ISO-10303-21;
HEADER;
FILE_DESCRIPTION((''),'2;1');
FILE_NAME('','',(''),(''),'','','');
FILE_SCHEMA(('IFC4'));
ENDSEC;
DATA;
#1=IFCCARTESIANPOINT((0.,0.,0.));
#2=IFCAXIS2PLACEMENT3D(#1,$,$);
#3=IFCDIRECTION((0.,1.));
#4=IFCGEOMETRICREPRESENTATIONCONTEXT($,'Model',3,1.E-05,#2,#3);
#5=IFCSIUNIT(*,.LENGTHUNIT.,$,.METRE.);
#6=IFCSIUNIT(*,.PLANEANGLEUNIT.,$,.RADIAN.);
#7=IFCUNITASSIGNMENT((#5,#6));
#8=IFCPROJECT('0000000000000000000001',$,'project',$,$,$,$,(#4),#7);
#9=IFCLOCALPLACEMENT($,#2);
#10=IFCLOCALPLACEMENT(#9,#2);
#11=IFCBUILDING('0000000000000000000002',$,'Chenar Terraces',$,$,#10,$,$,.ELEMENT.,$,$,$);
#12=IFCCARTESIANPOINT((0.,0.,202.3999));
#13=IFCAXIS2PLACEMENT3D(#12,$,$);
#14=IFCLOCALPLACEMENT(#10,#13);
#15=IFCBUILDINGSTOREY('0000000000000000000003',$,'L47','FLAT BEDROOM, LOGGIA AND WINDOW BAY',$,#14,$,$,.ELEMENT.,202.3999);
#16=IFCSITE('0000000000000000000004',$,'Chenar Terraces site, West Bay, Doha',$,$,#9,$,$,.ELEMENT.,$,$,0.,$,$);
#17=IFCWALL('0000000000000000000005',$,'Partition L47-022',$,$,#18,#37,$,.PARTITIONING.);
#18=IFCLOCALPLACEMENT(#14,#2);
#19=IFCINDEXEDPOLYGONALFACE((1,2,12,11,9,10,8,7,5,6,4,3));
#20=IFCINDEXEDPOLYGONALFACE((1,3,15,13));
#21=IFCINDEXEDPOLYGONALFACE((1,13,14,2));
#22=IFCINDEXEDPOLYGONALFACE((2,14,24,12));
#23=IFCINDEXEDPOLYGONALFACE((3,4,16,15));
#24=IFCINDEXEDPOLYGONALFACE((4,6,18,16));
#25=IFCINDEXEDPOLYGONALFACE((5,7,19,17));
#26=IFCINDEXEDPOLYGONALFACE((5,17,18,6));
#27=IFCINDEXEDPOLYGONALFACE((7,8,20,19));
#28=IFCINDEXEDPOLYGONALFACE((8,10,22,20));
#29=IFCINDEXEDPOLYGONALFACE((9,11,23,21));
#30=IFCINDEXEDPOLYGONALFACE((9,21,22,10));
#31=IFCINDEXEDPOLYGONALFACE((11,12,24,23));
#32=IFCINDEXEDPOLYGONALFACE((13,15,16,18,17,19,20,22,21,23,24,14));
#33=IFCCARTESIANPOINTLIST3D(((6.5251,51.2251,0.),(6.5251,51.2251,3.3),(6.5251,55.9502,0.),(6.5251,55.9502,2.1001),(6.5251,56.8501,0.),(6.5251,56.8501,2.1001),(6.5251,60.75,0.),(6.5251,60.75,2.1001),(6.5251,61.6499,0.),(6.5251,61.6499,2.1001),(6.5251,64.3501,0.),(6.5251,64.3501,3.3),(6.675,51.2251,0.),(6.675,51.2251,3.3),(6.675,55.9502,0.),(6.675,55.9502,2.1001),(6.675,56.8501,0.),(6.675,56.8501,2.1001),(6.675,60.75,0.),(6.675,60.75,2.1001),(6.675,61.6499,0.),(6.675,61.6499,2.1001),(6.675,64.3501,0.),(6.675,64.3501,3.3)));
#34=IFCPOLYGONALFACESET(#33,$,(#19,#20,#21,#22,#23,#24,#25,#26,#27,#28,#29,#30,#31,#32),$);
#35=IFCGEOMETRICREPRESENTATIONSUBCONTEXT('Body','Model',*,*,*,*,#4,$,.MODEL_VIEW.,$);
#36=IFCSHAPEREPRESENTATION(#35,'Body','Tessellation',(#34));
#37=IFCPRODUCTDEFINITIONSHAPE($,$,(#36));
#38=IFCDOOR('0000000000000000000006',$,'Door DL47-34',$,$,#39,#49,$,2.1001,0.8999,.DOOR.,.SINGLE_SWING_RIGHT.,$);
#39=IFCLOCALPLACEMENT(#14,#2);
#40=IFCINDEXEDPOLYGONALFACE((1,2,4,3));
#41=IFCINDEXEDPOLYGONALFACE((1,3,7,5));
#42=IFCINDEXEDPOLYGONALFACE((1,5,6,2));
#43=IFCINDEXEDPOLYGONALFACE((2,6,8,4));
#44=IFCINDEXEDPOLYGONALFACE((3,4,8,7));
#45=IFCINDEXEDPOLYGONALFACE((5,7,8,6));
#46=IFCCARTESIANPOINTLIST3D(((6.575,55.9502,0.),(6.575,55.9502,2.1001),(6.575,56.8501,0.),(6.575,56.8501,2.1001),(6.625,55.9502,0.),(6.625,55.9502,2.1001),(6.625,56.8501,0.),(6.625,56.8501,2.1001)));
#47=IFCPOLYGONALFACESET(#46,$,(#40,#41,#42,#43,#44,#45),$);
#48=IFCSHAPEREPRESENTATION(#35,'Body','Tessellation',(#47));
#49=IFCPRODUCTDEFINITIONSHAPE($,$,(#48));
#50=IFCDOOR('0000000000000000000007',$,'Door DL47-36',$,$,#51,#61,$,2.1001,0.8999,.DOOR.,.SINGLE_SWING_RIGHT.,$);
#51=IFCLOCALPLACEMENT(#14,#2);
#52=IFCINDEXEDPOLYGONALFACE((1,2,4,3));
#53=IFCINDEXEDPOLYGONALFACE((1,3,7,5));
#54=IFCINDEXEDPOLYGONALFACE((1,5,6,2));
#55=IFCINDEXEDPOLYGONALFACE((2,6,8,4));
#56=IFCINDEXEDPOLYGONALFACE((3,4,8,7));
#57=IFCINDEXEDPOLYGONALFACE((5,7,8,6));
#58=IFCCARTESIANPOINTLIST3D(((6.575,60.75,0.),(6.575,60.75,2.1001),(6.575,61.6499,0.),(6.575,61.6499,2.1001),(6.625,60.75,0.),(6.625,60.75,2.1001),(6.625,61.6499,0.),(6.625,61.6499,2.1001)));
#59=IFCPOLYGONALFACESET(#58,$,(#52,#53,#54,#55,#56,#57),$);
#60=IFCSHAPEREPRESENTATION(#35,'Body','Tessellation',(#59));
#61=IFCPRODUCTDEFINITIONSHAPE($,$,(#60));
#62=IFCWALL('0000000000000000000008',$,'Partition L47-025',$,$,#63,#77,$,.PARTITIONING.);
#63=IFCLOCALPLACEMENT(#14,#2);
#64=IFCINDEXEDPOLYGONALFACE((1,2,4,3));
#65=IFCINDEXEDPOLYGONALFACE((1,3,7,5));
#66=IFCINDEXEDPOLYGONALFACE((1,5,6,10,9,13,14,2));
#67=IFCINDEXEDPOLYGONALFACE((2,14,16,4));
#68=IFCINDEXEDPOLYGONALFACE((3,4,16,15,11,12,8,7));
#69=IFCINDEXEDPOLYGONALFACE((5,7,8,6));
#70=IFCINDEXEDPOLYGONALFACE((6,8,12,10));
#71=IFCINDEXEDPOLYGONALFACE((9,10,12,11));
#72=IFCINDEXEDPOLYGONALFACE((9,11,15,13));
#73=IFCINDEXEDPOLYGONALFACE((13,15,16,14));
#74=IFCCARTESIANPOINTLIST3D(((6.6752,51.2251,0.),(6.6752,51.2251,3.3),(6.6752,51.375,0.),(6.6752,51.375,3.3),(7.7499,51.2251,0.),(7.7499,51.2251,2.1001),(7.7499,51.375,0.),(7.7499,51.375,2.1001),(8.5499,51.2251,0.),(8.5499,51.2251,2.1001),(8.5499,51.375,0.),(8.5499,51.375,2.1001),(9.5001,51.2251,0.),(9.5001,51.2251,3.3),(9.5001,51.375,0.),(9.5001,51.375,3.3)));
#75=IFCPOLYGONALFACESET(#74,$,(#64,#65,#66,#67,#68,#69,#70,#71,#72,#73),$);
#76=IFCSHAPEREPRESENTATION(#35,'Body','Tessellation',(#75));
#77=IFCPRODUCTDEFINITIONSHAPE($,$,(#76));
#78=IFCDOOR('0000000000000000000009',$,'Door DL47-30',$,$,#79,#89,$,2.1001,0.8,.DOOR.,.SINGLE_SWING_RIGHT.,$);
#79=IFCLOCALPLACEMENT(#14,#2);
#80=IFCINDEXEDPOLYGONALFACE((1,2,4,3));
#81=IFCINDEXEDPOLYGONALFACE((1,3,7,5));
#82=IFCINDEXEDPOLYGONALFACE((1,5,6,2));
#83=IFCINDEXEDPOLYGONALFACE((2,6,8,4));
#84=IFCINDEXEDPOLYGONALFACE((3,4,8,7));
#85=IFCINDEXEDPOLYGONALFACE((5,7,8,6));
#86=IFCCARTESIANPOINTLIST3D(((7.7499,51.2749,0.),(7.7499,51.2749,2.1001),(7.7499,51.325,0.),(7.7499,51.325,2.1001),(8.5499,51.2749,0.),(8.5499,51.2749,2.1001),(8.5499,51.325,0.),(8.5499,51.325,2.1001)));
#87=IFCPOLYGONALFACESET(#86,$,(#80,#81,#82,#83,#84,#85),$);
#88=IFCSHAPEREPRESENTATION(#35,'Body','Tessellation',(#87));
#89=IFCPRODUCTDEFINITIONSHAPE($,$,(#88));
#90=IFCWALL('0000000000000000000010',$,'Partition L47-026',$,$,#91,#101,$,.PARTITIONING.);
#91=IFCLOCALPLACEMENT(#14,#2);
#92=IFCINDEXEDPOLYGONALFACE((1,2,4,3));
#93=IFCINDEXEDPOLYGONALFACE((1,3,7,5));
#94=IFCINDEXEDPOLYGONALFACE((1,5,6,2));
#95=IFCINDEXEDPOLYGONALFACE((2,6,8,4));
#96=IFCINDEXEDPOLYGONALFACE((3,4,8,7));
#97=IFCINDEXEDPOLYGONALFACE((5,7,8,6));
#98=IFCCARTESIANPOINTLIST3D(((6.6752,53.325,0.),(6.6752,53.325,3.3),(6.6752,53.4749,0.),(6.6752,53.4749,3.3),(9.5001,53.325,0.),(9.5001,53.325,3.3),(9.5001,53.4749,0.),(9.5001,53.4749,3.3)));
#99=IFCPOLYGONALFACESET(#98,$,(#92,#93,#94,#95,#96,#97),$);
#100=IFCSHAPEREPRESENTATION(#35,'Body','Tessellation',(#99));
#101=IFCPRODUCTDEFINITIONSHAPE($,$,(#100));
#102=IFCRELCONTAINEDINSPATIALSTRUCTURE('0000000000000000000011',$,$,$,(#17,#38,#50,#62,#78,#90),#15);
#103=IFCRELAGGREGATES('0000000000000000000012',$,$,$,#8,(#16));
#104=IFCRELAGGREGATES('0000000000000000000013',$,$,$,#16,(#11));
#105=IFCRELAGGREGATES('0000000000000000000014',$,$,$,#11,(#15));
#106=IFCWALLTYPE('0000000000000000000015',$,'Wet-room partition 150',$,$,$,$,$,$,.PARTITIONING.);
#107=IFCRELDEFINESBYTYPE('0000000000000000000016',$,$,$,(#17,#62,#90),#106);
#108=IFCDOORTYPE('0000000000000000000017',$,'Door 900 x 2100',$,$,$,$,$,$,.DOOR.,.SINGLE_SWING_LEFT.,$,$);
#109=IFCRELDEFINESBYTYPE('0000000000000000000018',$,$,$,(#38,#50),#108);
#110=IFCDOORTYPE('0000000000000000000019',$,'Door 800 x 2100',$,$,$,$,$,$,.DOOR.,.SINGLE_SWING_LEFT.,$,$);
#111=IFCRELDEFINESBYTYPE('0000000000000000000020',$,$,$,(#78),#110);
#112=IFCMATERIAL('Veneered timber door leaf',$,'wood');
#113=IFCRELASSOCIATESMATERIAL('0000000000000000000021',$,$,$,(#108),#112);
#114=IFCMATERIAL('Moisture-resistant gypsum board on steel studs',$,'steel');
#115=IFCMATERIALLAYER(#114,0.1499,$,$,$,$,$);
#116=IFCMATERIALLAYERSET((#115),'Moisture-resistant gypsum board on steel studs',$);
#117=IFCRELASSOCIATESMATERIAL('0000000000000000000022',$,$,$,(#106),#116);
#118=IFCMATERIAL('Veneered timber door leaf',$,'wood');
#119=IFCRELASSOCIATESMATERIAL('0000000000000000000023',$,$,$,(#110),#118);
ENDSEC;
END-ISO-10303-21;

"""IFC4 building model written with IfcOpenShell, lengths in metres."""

from ifc_helpers import new_model, si_unit, direction, frame, frame_2d, origin, place, context, subcontext, project, spatial, rectangle, extrude, material, layer, layer_set, type_object, element, fill, save


model = new_model("IFC4")

# Units and contexts
model_context = context("Model", 3, precision=1e-05, world=origin(), true_north=direction((0.0, 1.0)))
body_context = subcontext(model_context, "Body", "Model", "MODEL_VIEW")
ifc_project = project(units=[si_unit("LENGTHUNIT", "METRE"), si_unit("PLANEANGLEUNIT", "RADIAN")], contexts=[model_context])

# Site, building, storey
site_placement = place(None, origin())
site = spatial("IfcSite", under=ifc_project, at=site_placement, Name="Chenar Terraces site, West Bay, Doha", CompositionType="ELEMENT", RefElevation=0.0)
building_placement = place(site_placement, origin())
building = spatial("IfcBuilding", under=site, at=building_placement, Name="Chenar Terraces", CompositionType="ELEMENT")
storey_placement = place(building_placement, frame((0.0, 0.0, 202.3999)))
storey = spatial("IfcBuildingStorey", under=building, at=storey_placement, Name="L47", Description="FLAT BEDROOM, LOGGIA AND WINDOW BAY", CompositionType="ELEMENT", Elevation=202.3999)

# Shared definitions
ifc_material_1 = material(Name="Veneered timber door leaf", Category="wood")
door_type_1 = type_object("IfcDoorType", Name="Door 900 x 2100", OperationType="SINGLE_SWING_LEFT", PredefinedType="DOOR", material=ifc_material_1)

# Wall, openings, doors
ifc_material_2 = material(Name="Moisture-resistant gypsum board on steel studs", Category="steel")
ifc_layer_1 = layer(ifc_material_2, 0.1499)
ifc_layer_set_1 = layer_set([ifc_layer_1], Name="Moisture-resistant gypsum board on steel studs")
wall_type_1 = type_object("IfcWallType", Name="Wet-room partition 150", PredefinedType="PARTITIONING", material=ifc_layer_set_1)
wall_1_placement = place(storey_placement, frame((6.6001, 51.2251, 0.0), z_axis=(0.0, 0.0, 1.0), x_axis=(0.0, 1.0, 0.0)))
wall_1 = element("IfcWall", 1, at=wall_1_placement, inside=storey, type_object=wall_type_1, Name="Partition L47-022", PredefinedType="PARTITIONING", context=body_context, shape_type="SweptSolid", body=[
    extrude(rectangle(XDim=13.125, YDim=0.1499, at=frame_2d((6.5625, 0.0))), origin(), (0.0, 0.0, 1.0), 3.3),
])
opening_1_placement = place(wall_1_placement, frame((4.7251, 0.0, 0.0)))
opening_1 = element("IfcOpeningElement", 2, at=opening_1_placement, cuts=wall_1, PredefinedType="OPENING", context=body_context, shape_type="SweptSolid", body=[
    extrude(rectangle(XDim=0.8999, YDim=2.1001, at=frame_2d((0.45, 1.05))), frame((0.0, 0.085, 0.0), z_axis=(0.0, -1.0, 0.0), x_axis=(1.0, 0.0, 0.0)), (0.0, 0.0, 1.0), 0.1699),
])
opening_2_placement = place(wall_1_placement, frame((9.5249, 0.0, 0.0)))
opening_2 = element("IfcOpeningElement", 3, at=opening_2_placement, cuts=wall_1, PredefinedType="OPENING", context=body_context, shape_type="SweptSolid", body=[
    extrude(rectangle(XDim=0.8999, YDim=2.1001, at=frame_2d((0.45, 1.05))), frame((0.0, 0.085, 0.0), z_axis=(0.0, -1.0, 0.0), x_axis=(1.0, 0.0, 0.0)), (0.0, 0.0, 1.0), 0.1699),
])
door_1_placement = place(opening_1_placement, frame((0.8999, 0.0, 0.0), z_axis=(0.0, 0.0, 1.0), x_axis=(-1.0, 0.0, 0.0)))
door_1 = element("IfcDoor", 4, at=door_1_placement, inside=storey, type_object=door_type_1, Name="Door DL47-34", OperationType="SINGLE_SWING_RIGHT", OverallHeight=2.1001, OverallWidth=0.8999, PredefinedType="DOOR", context=body_context, shape_type="SweptSolid", body=[
    extrude(rectangle(XDim=0.8999, YDim=2.1001, at=frame_2d((0.45, 1.05))), frame((0.0, 0.0249, 0.0), z_axis=(0.0, -1.0, 0.0), x_axis=(1.0, 0.0, 0.0)), (0.0, 0.0, 1.0), 0.05),
])
fill(opening_1, door_1)
door_2_placement = place(opening_2_placement, frame((0.8999, 0.0, 0.0), z_axis=(0.0, 0.0, 1.0), x_axis=(-1.0, 0.0, 0.0)))
door_2 = element("IfcDoor", 5, at=door_2_placement, inside=storey, type_object=door_type_1, Name="Door DL47-36", OperationType="SINGLE_SWING_RIGHT", OverallHeight=2.1001, OverallWidth=0.8999, PredefinedType="DOOR", context=body_context, shape_type="SweptSolid", body=[
    extrude(rectangle(XDim=0.8999, YDim=2.1001, at=frame_2d((0.45, 1.05))), frame((0.0, 0.0249, 0.0), z_axis=(0.0, -1.0, 0.0), x_axis=(1.0, 0.0, 0.0)), (0.0, 0.0, 1.0), 0.05),
])
fill(opening_2, door_2)

# Wall, opening, door
wall_2_placement = place(storey_placement, frame((6.675, 51.3, 0.0), z_axis=(0.0, 0.0, 1.0), x_axis=(1.0, 0.0, 0.0)))
wall_2 = element("IfcWall", 6, at=wall_2_placement, inside=storey, type_object=wall_type_1, Name="Partition L47-025", PredefinedType="PARTITIONING", context=body_context, shape_type="SweptSolid", body=[
    extrude(rectangle(XDim=2.825, YDim=0.1499, at=frame_2d((1.4126, 0.0))), origin(), (0.0, 0.0, 1.0), 3.3),
])
opening_3_placement = place(wall_2_placement, frame((1.075, 0.0, 0.0)))
opening_3 = element("IfcOpeningElement", 7, at=opening_3_placement, cuts=wall_2, PredefinedType="OPENING", context=body_context, shape_type="SweptSolid", body=[
    extrude(rectangle(XDim=0.8, YDim=2.1001, at=frame_2d((0.3999, 1.05))), frame((0.0, 0.085, 0.0), z_axis=(0.0, -1.0, 0.0), x_axis=(1.0, 0.0, 0.0)), (0.0, 0.0, 1.0), 0.1699),
])
ifc_material_3 = material(Name="Veneered timber door leaf", Category="wood")
door_type_2 = type_object("IfcDoorType", Name="Door 800 x 2100", OperationType="SINGLE_SWING_LEFT", PredefinedType="DOOR", material=ifc_material_3)
door_3_placement = place(opening_3_placement, origin())
door_3 = element("IfcDoor", 8, at=door_3_placement, inside=storey, type_object=door_type_2, Name="Door DL47-30", OperationType="SINGLE_SWING_RIGHT", OverallHeight=2.1001, OverallWidth=0.8, PredefinedType="DOOR", context=body_context, shape_type="SweptSolid", body=[
    extrude(rectangle(XDim=0.8, YDim=2.1001, at=frame_2d((0.3999, 1.05))), frame((0.0, 0.0249, 0.0), z_axis=(0.0, -1.0, 0.0), x_axis=(1.0, 0.0, 0.0)), (0.0, 0.0, 1.0), 0.05),
])
fill(opening_3, door_3)

# Wall
wall_3_placement = place(storey_placement, frame((6.675, 53.3999, 0.0), z_axis=(0.0, 0.0, 1.0), x_axis=(1.0, 0.0, 0.0)))
element("IfcWall", 9, at=wall_3_placement, inside=storey, type_object=wall_type_1, Name="Partition L47-026", PredefinedType="PARTITIONING", context=body_context, shape_type="SweptSolid", body=[
    extrude(rectangle(XDim=2.825, YDim=0.1499, at=frame_2d((1.4126, 0.0))), origin(), (0.0, 0.0, 1.0), 3.3),
])

save(model, "model.ifc")
